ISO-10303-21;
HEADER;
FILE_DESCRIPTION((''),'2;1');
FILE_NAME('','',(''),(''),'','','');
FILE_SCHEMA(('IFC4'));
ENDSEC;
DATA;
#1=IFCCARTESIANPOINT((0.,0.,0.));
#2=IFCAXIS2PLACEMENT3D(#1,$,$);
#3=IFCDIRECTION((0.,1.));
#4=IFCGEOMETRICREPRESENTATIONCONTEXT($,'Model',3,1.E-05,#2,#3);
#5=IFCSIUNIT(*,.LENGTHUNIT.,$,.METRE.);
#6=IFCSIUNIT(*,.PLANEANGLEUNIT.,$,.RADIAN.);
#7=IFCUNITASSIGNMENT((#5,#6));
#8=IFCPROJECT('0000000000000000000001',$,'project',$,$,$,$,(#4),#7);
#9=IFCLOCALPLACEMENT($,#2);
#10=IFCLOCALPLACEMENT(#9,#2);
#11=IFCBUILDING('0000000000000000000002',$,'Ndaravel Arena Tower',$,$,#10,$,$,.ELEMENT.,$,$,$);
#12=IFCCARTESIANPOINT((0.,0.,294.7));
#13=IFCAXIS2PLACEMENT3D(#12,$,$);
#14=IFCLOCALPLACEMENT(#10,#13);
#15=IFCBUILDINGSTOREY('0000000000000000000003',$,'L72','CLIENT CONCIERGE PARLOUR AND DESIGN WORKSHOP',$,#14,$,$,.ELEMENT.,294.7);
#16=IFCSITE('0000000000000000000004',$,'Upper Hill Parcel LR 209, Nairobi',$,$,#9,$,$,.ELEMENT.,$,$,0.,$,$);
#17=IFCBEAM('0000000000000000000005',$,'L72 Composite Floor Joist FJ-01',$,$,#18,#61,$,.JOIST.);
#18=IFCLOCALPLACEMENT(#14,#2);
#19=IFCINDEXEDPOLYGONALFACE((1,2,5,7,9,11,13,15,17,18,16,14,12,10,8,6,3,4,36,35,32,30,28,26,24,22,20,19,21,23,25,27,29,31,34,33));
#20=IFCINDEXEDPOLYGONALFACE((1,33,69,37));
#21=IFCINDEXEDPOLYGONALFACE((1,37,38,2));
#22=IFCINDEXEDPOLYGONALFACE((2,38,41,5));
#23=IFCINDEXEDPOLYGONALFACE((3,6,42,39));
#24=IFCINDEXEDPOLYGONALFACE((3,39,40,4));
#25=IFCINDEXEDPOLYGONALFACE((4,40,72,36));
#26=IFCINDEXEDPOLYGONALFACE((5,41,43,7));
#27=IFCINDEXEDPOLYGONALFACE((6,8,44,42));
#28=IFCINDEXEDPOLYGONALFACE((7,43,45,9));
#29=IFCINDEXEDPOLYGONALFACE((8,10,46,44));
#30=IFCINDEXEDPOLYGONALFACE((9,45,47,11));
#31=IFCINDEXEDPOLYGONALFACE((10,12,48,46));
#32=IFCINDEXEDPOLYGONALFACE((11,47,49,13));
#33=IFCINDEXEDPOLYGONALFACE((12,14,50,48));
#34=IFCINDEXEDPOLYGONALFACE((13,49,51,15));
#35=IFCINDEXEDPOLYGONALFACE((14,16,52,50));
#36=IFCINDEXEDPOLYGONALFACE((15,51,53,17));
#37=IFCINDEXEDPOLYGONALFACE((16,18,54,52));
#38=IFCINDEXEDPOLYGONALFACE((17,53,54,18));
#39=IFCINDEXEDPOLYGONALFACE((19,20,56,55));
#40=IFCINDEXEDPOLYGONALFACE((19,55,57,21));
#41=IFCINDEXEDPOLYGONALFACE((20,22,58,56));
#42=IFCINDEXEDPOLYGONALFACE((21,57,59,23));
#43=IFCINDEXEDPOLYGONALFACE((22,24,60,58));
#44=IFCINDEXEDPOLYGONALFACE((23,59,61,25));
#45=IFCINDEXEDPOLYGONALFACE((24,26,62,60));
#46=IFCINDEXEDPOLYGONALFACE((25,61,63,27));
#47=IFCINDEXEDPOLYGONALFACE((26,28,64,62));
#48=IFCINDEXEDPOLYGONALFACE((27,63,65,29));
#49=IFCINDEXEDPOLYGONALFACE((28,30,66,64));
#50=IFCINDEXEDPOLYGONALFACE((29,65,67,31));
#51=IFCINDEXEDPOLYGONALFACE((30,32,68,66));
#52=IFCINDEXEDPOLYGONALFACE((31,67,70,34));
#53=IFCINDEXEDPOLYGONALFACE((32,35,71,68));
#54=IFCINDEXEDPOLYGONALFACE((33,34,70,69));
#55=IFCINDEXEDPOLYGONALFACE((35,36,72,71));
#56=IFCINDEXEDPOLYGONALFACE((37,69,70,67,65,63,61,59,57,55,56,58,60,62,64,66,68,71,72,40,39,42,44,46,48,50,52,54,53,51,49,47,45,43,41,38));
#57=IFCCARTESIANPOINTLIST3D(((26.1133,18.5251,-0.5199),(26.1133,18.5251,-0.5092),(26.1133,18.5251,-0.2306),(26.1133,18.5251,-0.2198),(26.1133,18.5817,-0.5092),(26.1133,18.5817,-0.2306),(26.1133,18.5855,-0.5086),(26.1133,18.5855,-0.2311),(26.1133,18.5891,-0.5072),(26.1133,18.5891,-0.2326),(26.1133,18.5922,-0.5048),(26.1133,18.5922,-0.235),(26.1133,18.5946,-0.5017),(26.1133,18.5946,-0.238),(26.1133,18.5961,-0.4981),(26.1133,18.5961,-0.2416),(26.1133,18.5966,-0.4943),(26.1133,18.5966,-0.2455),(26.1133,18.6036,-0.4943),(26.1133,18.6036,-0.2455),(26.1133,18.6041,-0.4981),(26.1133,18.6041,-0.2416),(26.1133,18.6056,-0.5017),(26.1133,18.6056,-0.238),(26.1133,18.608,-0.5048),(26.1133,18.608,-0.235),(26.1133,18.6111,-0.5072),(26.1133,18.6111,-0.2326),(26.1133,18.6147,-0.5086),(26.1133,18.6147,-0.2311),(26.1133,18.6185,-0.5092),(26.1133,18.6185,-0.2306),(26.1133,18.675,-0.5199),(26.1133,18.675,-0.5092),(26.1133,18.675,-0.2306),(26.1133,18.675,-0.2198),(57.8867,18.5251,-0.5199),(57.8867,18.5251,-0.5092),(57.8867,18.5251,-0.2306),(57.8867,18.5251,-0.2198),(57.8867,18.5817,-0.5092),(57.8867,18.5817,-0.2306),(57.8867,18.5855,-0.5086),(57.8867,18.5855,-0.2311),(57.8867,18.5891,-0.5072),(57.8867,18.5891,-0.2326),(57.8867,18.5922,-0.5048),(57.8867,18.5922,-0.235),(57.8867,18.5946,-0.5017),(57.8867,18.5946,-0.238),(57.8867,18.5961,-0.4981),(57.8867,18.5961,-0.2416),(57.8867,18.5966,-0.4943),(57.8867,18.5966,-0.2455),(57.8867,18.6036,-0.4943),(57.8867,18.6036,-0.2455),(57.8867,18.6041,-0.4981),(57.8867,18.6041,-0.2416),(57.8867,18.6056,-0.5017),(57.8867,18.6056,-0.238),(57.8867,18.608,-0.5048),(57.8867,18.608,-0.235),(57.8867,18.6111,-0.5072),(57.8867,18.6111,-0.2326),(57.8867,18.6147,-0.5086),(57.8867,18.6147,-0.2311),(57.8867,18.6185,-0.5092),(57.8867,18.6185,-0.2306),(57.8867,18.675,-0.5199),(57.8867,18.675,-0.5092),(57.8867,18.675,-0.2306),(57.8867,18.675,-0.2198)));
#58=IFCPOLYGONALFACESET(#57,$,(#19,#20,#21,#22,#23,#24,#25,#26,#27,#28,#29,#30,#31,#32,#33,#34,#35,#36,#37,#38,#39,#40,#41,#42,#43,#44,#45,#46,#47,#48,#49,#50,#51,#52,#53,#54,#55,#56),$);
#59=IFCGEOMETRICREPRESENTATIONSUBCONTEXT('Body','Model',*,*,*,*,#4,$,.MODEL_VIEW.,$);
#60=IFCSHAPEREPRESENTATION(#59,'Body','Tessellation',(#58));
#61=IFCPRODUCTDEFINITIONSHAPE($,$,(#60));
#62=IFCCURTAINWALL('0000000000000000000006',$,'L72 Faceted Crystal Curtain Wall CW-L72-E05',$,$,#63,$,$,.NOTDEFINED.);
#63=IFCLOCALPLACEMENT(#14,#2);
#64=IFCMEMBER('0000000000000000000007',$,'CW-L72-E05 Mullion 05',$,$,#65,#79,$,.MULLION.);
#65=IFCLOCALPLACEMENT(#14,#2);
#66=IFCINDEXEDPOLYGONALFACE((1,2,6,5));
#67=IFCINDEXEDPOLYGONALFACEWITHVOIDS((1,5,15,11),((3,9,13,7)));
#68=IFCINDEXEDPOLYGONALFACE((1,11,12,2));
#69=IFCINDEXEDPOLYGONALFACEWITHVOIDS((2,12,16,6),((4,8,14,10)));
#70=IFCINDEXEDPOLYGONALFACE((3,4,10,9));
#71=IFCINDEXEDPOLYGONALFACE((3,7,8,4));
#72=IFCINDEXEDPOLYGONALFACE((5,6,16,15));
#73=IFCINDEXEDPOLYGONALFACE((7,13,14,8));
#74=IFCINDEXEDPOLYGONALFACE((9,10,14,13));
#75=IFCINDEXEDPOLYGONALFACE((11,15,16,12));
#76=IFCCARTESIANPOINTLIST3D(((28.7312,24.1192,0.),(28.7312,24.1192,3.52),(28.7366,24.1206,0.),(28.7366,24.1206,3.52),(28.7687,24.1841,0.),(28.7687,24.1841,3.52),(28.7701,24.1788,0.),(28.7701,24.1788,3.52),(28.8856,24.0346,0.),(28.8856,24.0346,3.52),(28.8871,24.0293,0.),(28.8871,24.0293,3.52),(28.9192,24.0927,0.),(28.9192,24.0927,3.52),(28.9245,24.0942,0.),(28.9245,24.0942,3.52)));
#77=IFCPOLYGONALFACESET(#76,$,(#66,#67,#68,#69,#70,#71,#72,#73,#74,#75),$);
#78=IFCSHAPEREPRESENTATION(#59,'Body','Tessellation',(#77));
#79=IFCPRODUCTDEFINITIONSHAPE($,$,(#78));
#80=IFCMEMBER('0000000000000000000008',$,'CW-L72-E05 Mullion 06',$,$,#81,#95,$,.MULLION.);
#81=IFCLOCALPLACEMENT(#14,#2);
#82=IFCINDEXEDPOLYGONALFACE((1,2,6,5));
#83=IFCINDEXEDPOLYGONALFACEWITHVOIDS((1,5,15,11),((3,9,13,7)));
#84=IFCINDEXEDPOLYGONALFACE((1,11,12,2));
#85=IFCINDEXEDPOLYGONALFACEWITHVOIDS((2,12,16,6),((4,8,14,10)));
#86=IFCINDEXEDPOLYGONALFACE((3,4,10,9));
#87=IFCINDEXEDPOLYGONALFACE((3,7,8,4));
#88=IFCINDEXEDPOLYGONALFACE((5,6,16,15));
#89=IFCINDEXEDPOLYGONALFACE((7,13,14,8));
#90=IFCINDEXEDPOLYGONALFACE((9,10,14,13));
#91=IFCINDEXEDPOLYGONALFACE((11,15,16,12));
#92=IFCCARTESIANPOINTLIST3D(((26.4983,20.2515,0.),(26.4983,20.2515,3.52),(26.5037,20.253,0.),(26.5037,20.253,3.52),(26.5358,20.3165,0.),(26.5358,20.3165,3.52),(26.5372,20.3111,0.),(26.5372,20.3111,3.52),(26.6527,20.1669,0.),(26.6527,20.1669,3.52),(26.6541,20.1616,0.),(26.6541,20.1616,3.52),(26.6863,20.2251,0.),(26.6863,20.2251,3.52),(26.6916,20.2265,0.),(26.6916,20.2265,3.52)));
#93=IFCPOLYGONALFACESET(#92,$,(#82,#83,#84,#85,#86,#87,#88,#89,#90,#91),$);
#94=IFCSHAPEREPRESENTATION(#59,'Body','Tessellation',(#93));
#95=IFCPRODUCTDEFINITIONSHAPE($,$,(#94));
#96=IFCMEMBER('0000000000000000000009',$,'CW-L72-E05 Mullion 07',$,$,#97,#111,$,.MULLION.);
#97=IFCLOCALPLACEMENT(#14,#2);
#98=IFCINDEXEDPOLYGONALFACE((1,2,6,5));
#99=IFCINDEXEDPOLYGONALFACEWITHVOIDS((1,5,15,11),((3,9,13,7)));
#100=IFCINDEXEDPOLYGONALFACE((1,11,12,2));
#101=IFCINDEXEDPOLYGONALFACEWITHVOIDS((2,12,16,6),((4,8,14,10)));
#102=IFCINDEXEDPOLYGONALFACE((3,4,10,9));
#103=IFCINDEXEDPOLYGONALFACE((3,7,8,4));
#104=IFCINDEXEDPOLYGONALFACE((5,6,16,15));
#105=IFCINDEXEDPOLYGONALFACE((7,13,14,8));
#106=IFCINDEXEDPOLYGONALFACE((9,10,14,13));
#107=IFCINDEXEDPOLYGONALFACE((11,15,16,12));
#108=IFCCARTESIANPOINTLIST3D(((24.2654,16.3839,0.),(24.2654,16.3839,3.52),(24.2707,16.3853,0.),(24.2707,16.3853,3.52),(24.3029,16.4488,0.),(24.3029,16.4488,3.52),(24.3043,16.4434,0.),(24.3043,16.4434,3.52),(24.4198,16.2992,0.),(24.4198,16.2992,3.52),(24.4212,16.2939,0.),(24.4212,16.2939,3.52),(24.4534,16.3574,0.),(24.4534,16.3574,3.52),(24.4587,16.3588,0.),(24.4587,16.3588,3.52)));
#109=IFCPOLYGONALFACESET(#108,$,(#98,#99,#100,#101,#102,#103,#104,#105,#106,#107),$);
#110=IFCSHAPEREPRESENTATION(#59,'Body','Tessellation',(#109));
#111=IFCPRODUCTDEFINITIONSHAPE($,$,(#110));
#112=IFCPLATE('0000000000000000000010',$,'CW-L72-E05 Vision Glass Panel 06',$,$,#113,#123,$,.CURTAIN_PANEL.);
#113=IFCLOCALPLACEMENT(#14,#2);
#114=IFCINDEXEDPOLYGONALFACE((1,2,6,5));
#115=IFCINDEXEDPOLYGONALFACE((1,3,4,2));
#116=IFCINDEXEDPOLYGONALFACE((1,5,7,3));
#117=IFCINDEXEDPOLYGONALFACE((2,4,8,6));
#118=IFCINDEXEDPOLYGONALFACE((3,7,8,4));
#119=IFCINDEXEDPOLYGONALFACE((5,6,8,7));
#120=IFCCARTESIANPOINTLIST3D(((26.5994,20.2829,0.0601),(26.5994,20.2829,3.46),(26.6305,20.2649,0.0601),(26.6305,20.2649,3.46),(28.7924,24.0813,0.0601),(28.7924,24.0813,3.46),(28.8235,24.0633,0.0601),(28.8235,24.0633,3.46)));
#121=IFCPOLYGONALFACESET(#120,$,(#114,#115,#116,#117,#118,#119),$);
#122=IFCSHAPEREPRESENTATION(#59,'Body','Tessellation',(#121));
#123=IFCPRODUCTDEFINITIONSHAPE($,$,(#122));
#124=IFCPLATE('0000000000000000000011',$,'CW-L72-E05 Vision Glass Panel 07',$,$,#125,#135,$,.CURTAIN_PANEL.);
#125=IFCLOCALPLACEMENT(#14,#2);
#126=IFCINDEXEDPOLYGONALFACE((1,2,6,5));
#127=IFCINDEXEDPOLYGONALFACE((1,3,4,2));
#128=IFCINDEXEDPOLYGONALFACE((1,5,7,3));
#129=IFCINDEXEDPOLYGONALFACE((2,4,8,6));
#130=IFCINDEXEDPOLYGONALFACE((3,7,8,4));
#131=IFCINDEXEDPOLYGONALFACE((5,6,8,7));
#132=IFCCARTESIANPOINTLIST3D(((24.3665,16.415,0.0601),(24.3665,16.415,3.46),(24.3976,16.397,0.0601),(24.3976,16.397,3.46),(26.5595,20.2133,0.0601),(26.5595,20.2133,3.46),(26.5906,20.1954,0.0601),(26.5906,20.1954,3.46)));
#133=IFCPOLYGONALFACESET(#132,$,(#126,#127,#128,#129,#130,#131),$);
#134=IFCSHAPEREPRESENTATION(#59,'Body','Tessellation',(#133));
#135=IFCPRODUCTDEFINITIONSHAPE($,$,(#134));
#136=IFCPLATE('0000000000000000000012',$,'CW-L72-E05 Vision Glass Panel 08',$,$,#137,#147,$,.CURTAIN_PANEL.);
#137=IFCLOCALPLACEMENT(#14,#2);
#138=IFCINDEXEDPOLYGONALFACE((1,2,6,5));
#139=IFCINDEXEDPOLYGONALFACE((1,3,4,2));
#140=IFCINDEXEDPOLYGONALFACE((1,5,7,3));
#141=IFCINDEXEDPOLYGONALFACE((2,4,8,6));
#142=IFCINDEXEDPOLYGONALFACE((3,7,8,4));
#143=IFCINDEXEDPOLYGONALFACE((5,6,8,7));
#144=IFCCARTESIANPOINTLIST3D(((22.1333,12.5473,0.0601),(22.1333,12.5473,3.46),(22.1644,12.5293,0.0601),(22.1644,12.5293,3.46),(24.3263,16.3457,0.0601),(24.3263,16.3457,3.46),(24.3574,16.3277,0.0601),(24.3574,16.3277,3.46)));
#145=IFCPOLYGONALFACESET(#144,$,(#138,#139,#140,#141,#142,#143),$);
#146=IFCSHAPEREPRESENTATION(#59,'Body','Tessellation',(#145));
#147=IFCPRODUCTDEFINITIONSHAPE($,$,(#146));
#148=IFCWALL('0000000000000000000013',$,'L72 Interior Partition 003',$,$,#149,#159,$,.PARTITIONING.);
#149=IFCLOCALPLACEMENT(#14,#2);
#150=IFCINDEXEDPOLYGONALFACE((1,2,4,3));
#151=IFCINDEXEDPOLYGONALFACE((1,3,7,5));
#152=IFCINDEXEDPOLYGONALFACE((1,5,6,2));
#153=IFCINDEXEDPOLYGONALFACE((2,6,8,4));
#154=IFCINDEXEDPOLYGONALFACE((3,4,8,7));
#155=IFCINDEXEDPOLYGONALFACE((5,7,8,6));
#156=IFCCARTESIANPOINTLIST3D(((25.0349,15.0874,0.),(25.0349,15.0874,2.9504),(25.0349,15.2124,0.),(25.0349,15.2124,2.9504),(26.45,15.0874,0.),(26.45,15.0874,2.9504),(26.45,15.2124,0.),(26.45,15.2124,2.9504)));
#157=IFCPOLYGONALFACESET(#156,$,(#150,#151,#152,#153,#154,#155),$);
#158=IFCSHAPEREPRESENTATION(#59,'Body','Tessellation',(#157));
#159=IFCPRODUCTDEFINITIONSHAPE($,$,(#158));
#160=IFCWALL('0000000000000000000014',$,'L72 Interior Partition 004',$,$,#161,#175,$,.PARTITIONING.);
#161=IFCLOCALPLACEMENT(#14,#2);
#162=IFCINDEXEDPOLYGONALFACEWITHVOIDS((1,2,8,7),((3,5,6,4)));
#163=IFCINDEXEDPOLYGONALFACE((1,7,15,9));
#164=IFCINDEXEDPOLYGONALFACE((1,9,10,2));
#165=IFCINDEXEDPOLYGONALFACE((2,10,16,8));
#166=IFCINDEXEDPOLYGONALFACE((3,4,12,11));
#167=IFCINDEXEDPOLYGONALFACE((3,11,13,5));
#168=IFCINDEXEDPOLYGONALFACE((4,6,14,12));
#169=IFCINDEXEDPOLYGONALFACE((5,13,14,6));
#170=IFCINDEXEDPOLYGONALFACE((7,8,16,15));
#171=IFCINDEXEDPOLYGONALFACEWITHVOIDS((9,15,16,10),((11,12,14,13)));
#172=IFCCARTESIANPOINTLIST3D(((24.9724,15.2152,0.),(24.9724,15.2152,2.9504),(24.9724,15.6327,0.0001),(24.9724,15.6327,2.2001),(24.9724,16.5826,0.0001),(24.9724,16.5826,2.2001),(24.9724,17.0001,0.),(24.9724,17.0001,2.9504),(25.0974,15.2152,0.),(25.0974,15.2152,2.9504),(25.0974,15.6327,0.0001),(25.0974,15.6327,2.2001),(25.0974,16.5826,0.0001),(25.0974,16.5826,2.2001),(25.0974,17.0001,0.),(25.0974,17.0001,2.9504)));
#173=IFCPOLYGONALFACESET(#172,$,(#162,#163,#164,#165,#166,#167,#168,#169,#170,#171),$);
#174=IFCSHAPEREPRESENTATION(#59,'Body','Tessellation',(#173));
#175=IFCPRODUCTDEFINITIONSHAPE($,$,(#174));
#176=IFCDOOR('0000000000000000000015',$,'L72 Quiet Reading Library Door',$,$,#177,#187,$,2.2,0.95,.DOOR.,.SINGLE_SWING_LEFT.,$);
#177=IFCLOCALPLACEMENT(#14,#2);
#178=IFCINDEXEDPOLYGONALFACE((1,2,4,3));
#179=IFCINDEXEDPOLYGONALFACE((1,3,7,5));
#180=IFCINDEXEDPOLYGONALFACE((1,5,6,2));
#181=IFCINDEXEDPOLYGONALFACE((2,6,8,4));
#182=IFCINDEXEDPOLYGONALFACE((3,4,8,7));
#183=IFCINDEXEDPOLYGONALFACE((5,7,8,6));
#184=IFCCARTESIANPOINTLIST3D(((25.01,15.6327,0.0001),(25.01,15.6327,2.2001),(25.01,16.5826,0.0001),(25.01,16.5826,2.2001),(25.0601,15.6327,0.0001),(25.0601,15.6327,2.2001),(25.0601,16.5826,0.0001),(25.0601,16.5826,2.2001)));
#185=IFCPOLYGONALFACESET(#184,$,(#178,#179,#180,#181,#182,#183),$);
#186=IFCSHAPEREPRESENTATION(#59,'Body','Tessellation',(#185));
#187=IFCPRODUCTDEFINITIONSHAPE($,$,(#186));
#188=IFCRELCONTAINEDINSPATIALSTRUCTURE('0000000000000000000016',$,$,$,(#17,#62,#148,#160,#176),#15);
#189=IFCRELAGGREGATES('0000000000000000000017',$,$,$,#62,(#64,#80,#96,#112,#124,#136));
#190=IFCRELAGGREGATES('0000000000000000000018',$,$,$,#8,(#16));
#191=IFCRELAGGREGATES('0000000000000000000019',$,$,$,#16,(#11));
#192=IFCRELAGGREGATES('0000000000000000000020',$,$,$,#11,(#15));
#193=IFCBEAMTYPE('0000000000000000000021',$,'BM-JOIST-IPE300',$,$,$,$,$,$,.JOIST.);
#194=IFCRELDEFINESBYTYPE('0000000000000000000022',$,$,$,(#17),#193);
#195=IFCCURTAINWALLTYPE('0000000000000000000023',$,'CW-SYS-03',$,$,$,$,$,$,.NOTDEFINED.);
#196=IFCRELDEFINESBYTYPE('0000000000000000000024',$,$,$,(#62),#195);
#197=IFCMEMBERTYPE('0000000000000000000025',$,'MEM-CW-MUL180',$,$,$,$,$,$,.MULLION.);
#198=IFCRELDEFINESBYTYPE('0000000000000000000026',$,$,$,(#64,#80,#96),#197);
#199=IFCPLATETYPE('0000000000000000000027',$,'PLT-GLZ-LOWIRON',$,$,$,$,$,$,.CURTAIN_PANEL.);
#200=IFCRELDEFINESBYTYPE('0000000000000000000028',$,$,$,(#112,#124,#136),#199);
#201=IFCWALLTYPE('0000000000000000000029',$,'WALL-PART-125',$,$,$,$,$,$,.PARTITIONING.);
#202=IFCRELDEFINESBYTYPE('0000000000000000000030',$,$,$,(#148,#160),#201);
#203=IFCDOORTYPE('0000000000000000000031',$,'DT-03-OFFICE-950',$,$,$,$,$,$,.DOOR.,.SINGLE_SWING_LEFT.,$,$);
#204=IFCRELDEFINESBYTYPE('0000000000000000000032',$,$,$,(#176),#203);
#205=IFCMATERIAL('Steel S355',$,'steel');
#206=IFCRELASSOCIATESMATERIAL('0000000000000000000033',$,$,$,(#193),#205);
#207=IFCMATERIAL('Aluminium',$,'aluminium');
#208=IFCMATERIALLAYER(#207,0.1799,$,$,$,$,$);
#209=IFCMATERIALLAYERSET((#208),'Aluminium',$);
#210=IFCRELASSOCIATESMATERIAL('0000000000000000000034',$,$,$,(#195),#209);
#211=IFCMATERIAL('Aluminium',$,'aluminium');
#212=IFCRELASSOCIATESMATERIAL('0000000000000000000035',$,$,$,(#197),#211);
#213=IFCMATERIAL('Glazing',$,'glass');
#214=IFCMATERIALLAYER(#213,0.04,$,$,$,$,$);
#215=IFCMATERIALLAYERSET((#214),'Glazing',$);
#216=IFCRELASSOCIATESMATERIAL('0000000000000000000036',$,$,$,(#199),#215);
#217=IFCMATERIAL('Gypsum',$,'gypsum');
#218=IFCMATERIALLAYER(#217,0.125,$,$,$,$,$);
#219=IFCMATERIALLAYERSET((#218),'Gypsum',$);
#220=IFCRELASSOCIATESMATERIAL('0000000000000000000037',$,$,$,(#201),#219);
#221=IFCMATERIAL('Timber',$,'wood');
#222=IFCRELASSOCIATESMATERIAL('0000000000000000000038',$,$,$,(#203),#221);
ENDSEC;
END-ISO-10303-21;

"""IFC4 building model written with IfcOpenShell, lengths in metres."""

from ifc_helpers import new_model, si_unit, direction, frame, frame_2d, origin, origin_2d, place, context, subcontext, project, spatial, rectangle, hollow_rectangle, i_section, extrude, material, layer, layer_set, material_profile, profile_set, type_object, element, fill, aggregate, save


model = new_model("IFC4")

# Units and contexts
model_context = context("Model", 3, precision=1e-05, world=origin(), true_north=direction((0.0, 1.0)))
body_context = subcontext(model_context, "Body", "Model", "MODEL_VIEW")
ifc_project = project(units=[si_unit("LENGTHUNIT", "METRE"), si_unit("PLANEANGLEUNIT", "RADIAN")], contexts=[model_context])

# Site, building, storey
site_placement = place(None, origin())
site = spatial("IfcSite", under=ifc_project, at=site_placement, Name="Upper Hill Parcel LR 209, Nairobi", CompositionType="ELEMENT", RefElevation=0.0)
building_placement = place(site_placement, origin())
building = spatial("IfcBuilding", under=site, at=building_placement, Name="Ndaravel Arena Tower", CompositionType="ELEMENT")
storey_placement = place(building_placement, frame((0.0, 0.0, 294.7)))
storey = spatial("IfcBuildingStorey", under=building, at=storey_placement, Name="L72", Description="CLIENT CONCIERGE PARLOUR AND DESIGN WORKSHOP", CompositionType="ELEMENT", Elevation=294.7)

# Beam
ifc_material_1 = material(Name="Steel S355", Category="steel")
ifc_material_profile_1 = material_profile(ifc_material_1, i_section(OverallWidth=0.1499, OverallDepth=0.3, WebThickness=0.0071, FlangeThickness=0.0107, FilletRadius=0.0149, at=origin_2d()), Name="IPE 300")
ifc_profile_set_1 = profile_set([ifc_material_profile_1], Name="Steel S355")
beam_type = type_object("IfcBeamType", Name="BM-JOIST-IPE300", PredefinedType="JOIST", material=ifc_profile_set_1)
beam_placement = place(storey_placement, frame((26.1133, 18.6001, -0.3699), z_axis=(1.0, 0.0, 0.0), x_axis=(0.0, 1.0, 0.0)))
element("IfcBeam", 1, at=beam_placement, inside=storey, type_object=beam_type, Name="L72 Composite Floor Joist FJ-01", PredefinedType="JOIST", context=body_context, shape_type="SweptSolid", body=[
    extrude(i_section(OverallWidth=0.1499, OverallDepth=0.3, WebThickness=0.0071, FlangeThickness=0.0107, FilletRadius=0.0149, at=origin_2d()), origin(), (0.0, 0.0, 1.0), 31.7734),
])

# Curtain wall, members, plates
ifc_material_2 = material(Name="Aluminium", Category="aluminium")
ifc_layer_1 = layer(ifc_material_2, 0.1799)
ifc_layer_set_1 = layer_set([ifc_layer_1], Name="Aluminium")
curtain_wall_type = type_object("IfcCurtainWallType", Name="CW-SYS-03", PredefinedType="NOTDEFINED", material=ifc_layer_set_1)
curtain_wall_placement = place(storey_placement, origin())
curtain_wall = element("IfcCurtainWall", 2, at=curtain_wall_placement, inside=storey, type_object=curtain_wall_type, Name="L72 Faceted Crystal Curtain Wall CW-L72-E05", PredefinedType="NOTDEFINED")
ifc_material_3 = material(Name="Aluminium", Category="aluminium")
ifc_material_profile_2 = material_profile(ifc_material_3, hollow_rectangle(XDim=0.075, YDim=0.1799, WallThickness=0.0039, at=origin_2d()), Name="CW MULLION 75x180x4")
ifc_profile_set_2 = profile_set([ifc_material_profile_2], Name="Aluminium")
member_type = type_object("IfcMemberType", Name="MEM-CW-MUL180", PredefinedType="MULLION", material=ifc_profile_set_2)
member_1_placement = place(storey_placement, frame((28.8279, 24.1067, 0.0), z_axis=(0.0, 0.0, 1.0), x_axis=(-0.5, -0.866025, 0.0)))
member_1 = element("IfcMember", 3, at=member_1_placement, type_object=member_type, Name="CW-L72-E05 Mullion 05", PredefinedType="MULLION", context=body_context, shape_type="SweptSolid", body=[
    extrude(hollow_rectangle(XDim=0.075, YDim=0.1799, WallThickness=0.0039, at=origin_2d()), origin(), (0.0, 0.0, 1.0), 3.52),
])
member_2_placement = place(storey_placement, frame((26.595, 20.239, 0.0), z_axis=(0.0, 0.0, 1.0), x_axis=(-0.5, -0.866025, 0.0)))
member_2 = element("IfcMember", 4, at=member_2_placement, type_object=member_type, Name="CW-L72-E05 Mullion 06", PredefinedType="MULLION", context=body_context, shape_type="SweptSolid", body=[
    extrude(hollow_rectangle(XDim=0.075, YDim=0.1799, WallThickness=0.0039, at=origin_2d()), origin(), (0.0, 0.0, 1.0), 3.52),
])
member_3_placement = place(storey_placement, frame((24.3621, 16.3713, 0.0), z_axis=(0.0, 0.0, 1.0), x_axis=(-0.5, -0.866025, 0.0)))
member_3 = element("IfcMember", 5, at=member_3_placement, type_object=member_type, Name="CW-L72-E05 Mullion 07", PredefinedType="MULLION", context=body_context, shape_type="SweptSolid", body=[
    extrude(hollow_rectangle(XDim=0.075, YDim=0.1799, WallThickness=0.0039, at=origin_2d()), origin(), (0.0, 0.0, 1.0), 3.52),
])
ifc_material_4 = material(Name="Glazing", Category="glass")
ifc_layer_2 = layer(ifc_material_4, 0.04)
ifc_layer_set_2 = layer_set([ifc_layer_2], Name="Glazing")
plate_type = type_object("IfcPlateType", Name="PLT-GLZ-LOWIRON", PredefinedType="CURTAIN_PANEL", material=ifc_layer_set_2)
plate_1_placement = place(storey_placement, frame((27.7114, 22.1731, 0.0601), z_axis=(0.0, 0.0, 1.0), x_axis=(-0.5, -0.866025, 0.0)))
plate_1 = element("IfcPlate", 6, at=plate_1_placement, type_object=plate_type, Name="CW-L72-E05 Vision Glass Panel 06", PredefinedType="CURTAIN_PANEL", context=body_context, shape_type="SweptSolid", body=[
    extrude(rectangle(XDim=4.386, YDim=0.0359, at=origin_2d()), origin(), (0.0, 0.0, 1.0), 3.3999),
])
plate_2_placement = place(storey_placement, frame((25.4785, 18.3052, 0.0601), z_axis=(0.0, 0.0, 1.0), x_axis=(-0.5, -0.866025, 0.0)))
plate_2 = element("IfcPlate", 7, at=plate_2_placement, type_object=plate_type, Name="CW-L72-E05 Vision Glass Panel 07", PredefinedType="CURTAIN_PANEL", context=body_context, shape_type="SweptSolid", body=[
    extrude(rectangle(XDim=4.386, YDim=0.0359, at=origin_2d()), origin(), (0.0, 0.0, 1.0), 3.3999),
])
plate_3_placement = place(storey_placement, frame((23.2454, 14.4375, 0.0601), z_axis=(0.0, 0.0, 1.0), x_axis=(-0.5, -0.866025, 0.0)))
plate_3 = element("IfcPlate", 8, at=plate_3_placement, type_object=plate_type, Name="CW-L72-E05 Vision Glass Panel 08", PredefinedType="CURTAIN_PANEL", context=body_context, shape_type="SweptSolid", body=[
    extrude(rectangle(XDim=4.386, YDim=0.0359, at=origin_2d()), origin(), (0.0, 0.0, 1.0), 3.3999),
])
aggregate(curtain_wall, [member_1, member_2, member_3, plate_1, plate_2, plate_3])

# Wall
ifc_material_5 = material(Name="Gypsum", Category="gypsum")
ifc_layer_3 = layer(ifc_material_5, 0.125)
ifc_layer_set_3 = layer_set([ifc_layer_3], Name="Gypsum")
wall_type_1 = type_object("IfcWallType", Name="WALL-PART-125", PredefinedType="PARTITIONING", material=ifc_layer_set_3)
wall_1_placement = place(storey_placement, frame((26.45, 15.1499, 0.0), z_axis=(0.0, 0.0, 1.0), x_axis=(-1.0, 0.0, 0.0)))
element("IfcWall", 9, at=wall_1_placement, inside=storey, type_object=wall_type_1, Name="L72 Interior Partition 003", PredefinedType="PARTITIONING", context=body_context, shape_type="SweptSolid", body=[
    extrude(rectangle(XDim=1.415, YDim=0.125, at=frame_2d((0.7075, 0.0))), origin(), (0.0, 0.0, 1.0), 2.9504),
])

# Wall, opening, door
wall_2_placement = place(storey_placement, frame((25.0349, 15.2151, 0.0), z_axis=(0.0, 0.0, 1.0), x_axis=(0.0, 1.0, 0.0)))
wall_2 = element("IfcWall", 10, at=wall_2_placement, inside=storey, type_object=wall_type_1, Name="L72 Interior Partition 004", PredefinedType="PARTITIONING", context=body_context, shape_type="SweptSolid", body=[
    extrude(rectangle(XDim=1.7849, YDim=0.125, at=frame_2d((0.8926, 0.0))), origin(), (0.0, 0.0, 1.0), 2.9504),
])
opening_1_placement = place(wall_2_placement, frame((0.4175, 0.0, 0.0)))
opening_1 = element("IfcOpeningElement", 11, at=opening_1_placement, cuts=wall_2, PredefinedType="OPENING", context=body_context, shape_type="SweptSolid", body=[
    extrude(rectangle(XDim=0.95, YDim=2.2, at=frame_2d((0.4751, 1.1001))), frame((0.0, 0.0625, 0.0), z_axis=(0.0, -1.0, 0.0), x_axis=(1.0, 0.0, 0.0)), (0.0, 0.0, 1.0), 0.125),
])
ifc_material_6 = material(Name="Timber", Category="wood")
door_type_1 = type_object("IfcDoorType", Name="DT-03-OFFICE-950", OperationType="SINGLE_SWING_LEFT", PredefinedType="DOOR", material=ifc_material_6)
door_1_placement = place(opening_1_placement, origin())
door_1 = element("IfcDoor", 12, at=door_1_placement, inside=storey, type_object=door_type_1, Name="L72 Quiet Reading Library Door", OperationType="SINGLE_SWING_LEFT", OverallHeight=2.2, OverallWidth=0.95, PredefinedType="DOOR", context=body_context, shape_type="SweptSolid", body=[
    extrude(rectangle(XDim=0.95, YDim=2.2, at=frame_2d((0.4751, 1.1001))), frame((0.0, 0.0249, 0.0), z_axis=(0.0, -1.0, 0.0), x_axis=(1.0, 0.0, 0.0)), (0.0, 0.0, 1.0), 0.05),
])
fill(opening_1, door_1)

save(model, "model.ifc")
